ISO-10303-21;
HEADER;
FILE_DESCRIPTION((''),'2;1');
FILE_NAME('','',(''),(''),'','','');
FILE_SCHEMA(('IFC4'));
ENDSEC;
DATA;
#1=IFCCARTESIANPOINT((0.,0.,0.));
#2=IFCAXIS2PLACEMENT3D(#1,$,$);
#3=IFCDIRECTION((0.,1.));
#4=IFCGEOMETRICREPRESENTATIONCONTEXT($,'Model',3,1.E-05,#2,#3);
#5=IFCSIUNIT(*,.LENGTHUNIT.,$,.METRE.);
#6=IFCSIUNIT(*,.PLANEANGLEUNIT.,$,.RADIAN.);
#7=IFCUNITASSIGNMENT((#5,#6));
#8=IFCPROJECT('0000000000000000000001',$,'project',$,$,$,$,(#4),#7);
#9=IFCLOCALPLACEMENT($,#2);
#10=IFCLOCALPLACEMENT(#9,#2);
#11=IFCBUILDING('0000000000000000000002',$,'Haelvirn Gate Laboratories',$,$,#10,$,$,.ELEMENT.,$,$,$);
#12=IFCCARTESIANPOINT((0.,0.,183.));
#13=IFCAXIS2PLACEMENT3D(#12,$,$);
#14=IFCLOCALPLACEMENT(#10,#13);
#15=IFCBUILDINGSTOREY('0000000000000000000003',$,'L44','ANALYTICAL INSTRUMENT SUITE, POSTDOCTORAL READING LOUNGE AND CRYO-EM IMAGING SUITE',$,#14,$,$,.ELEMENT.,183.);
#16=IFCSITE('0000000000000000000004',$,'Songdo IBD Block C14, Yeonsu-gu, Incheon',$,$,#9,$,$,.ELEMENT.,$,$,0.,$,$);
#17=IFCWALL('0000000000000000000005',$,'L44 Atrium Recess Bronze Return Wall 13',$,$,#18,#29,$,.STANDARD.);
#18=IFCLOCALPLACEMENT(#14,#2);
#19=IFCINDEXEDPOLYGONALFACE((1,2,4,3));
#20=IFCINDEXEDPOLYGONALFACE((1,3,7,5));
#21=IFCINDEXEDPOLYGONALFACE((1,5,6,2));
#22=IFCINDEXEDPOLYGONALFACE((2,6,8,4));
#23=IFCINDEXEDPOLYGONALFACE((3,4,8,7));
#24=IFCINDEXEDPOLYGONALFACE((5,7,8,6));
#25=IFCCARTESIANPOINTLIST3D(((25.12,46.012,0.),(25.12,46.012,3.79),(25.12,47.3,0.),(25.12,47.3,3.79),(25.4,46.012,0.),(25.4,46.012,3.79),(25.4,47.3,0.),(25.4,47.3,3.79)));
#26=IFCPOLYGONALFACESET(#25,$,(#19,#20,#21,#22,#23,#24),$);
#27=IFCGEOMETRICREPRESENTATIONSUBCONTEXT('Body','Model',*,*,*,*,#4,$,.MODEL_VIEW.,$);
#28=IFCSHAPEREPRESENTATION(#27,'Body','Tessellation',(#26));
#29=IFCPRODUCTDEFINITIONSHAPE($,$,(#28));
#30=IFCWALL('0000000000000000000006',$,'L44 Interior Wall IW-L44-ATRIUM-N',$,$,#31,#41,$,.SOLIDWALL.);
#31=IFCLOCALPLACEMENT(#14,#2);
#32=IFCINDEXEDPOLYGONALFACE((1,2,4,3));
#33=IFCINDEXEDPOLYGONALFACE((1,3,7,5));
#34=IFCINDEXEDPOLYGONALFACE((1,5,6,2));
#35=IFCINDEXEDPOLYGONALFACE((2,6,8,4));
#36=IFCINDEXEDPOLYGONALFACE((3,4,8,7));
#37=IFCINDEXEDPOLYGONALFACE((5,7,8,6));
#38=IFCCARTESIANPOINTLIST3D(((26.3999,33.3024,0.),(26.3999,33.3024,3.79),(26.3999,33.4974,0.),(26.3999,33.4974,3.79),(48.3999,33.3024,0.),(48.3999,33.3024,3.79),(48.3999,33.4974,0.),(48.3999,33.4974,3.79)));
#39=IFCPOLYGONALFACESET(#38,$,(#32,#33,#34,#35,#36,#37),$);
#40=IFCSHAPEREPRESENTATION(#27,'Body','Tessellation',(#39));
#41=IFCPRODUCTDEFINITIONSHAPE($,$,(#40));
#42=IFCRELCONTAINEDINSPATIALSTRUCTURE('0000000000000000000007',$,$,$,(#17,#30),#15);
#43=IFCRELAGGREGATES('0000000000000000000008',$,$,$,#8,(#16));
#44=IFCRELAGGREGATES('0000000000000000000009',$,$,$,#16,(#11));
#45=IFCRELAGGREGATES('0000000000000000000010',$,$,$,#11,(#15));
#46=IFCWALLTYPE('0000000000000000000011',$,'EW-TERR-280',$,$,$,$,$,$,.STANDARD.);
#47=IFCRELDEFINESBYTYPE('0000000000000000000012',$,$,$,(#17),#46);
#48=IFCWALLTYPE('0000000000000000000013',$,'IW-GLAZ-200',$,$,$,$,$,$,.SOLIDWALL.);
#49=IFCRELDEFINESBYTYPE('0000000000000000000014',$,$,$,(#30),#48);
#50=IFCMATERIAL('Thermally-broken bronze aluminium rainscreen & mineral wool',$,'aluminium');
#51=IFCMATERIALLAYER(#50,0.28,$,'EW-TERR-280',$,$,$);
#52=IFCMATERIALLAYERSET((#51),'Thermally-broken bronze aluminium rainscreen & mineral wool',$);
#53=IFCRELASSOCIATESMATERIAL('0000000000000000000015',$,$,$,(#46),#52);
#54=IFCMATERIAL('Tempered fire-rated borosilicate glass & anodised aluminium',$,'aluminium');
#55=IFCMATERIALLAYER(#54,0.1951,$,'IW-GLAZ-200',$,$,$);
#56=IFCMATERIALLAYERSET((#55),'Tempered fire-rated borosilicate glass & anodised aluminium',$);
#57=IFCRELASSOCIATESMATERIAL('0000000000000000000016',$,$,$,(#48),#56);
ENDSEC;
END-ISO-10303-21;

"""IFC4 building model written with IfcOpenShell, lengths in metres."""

from ifc_helpers import new_model, si_unit, direction, frame, frame_2d, origin, place, context, subcontext, project, spatial, rectangle, extrude, material, layer, layer_set, type_object, element, save


model = new_model("IFC4")

# Units and contexts
model_context = context("Model", 3, precision=1e-05, world=origin(), true_north=direction((0.0, 1.0)))
body_context = subcontext(model_context, "Body", "Model", "MODEL_VIEW")
ifc_project = project(units=[si_unit("LENGTHUNIT", "METRE"), si_unit("PLANEANGLEUNIT", "RADIAN")], contexts=[model_context])

# Site, building, storey
site_placement = place(None, origin())
site = spatial("IfcSite", under=ifc_project, at=site_placement, Name="Songdo IBD Block C14, Yeonsu-gu, Incheon", CompositionType="ELEMENT", RefElevation=0.0)
building_placement = place(site_placement, origin())
building = spatial("IfcBuilding", under=site, at=building_placement, Name="Haelvirn Gate Laboratories", CompositionType="ELEMENT")
storey_placement = place(building_placement, frame((0.0, 0.0, 183.0)))
storey = spatial("IfcBuildingStorey", under=building, at=storey_placement, Name="L44", Description="ANALYTICAL INSTRUMENT SUITE, POSTDOCTORAL READING LOUNGE AND CRYO-EM IMAGING SUITE", CompositionType="ELEMENT", Elevation=183.0)

# Walls
ifc_material_1 = material(Name="Thermally-broken bronze aluminium rainscreen & mineral wool", Category="aluminium")
ifc_layer_1 = layer(ifc_material_1, 0.28, Name="EW-TERR-280")
ifc_layer_set_1 = layer_set([ifc_layer_1], Name="Thermally-broken bronze aluminium rainscreen & mineral wool")
wall_type_1 = type_object("IfcWallType", Name="EW-TERR-280", PredefinedType="STANDARD", material=ifc_layer_set_1)
wall_1_placement = place(storey_placement, frame((25.26, 46.012, 0.0), z_axis=(0.0, 0.0, 1.0), x_axis=(0.0, 1.0, 0.0)))
element("IfcWall", 1, at=wall_1_placement, inside=storey, type_object=wall_type_1, Name="L44 Atrium Recess Bronze Return Wall 13", PredefinedType="STANDARD", context=body_context, shape_type="SweptSolid", body=[
    extrude(rectangle(XDim=1.2881, YDim=0.28, at=frame_2d((0.644, 0.0))), origin(), (0.0, 0.0, 1.0), 3.79),
])
ifc_material_2 = material(Name="Tempered fire-rated borosilicate glass & anodised aluminium", Category="aluminium")
ifc_layer_2 = layer(ifc_material_2, 0.1951, Name="IW-GLAZ-200")
ifc_layer_set_2 = layer_set([ifc_layer_2], Name="Tempered fire-rated borosilicate glass & anodised aluminium")
wall_type_2 = type_object("IfcWallType", Name="IW-GLAZ-200", PredefinedType="SOLIDWALL", material=ifc_layer_set_2)
wall_2_placement = place(storey_placement, frame((26.3999, 33.3999, 0.0), z_axis=(0.0, 0.0, 1.0), x_axis=(1.0, 0.0, 0.0)))
element("IfcWall", 2, at=wall_2_placement, inside=storey, type_object=wall_type_2, Name="L44 Interior Wall IW-L44-ATRIUM-N", PredefinedType="SOLIDWALL", context=body_context, shape_type="SweptSolid", body=[
    extrude(rectangle(XDim=22.0, YDim=0.1951, at=frame_2d((11.0, 0.0))), origin(), (0.0, 0.0, 1.0), 3.79),
])

save(model, "model.ifc")
